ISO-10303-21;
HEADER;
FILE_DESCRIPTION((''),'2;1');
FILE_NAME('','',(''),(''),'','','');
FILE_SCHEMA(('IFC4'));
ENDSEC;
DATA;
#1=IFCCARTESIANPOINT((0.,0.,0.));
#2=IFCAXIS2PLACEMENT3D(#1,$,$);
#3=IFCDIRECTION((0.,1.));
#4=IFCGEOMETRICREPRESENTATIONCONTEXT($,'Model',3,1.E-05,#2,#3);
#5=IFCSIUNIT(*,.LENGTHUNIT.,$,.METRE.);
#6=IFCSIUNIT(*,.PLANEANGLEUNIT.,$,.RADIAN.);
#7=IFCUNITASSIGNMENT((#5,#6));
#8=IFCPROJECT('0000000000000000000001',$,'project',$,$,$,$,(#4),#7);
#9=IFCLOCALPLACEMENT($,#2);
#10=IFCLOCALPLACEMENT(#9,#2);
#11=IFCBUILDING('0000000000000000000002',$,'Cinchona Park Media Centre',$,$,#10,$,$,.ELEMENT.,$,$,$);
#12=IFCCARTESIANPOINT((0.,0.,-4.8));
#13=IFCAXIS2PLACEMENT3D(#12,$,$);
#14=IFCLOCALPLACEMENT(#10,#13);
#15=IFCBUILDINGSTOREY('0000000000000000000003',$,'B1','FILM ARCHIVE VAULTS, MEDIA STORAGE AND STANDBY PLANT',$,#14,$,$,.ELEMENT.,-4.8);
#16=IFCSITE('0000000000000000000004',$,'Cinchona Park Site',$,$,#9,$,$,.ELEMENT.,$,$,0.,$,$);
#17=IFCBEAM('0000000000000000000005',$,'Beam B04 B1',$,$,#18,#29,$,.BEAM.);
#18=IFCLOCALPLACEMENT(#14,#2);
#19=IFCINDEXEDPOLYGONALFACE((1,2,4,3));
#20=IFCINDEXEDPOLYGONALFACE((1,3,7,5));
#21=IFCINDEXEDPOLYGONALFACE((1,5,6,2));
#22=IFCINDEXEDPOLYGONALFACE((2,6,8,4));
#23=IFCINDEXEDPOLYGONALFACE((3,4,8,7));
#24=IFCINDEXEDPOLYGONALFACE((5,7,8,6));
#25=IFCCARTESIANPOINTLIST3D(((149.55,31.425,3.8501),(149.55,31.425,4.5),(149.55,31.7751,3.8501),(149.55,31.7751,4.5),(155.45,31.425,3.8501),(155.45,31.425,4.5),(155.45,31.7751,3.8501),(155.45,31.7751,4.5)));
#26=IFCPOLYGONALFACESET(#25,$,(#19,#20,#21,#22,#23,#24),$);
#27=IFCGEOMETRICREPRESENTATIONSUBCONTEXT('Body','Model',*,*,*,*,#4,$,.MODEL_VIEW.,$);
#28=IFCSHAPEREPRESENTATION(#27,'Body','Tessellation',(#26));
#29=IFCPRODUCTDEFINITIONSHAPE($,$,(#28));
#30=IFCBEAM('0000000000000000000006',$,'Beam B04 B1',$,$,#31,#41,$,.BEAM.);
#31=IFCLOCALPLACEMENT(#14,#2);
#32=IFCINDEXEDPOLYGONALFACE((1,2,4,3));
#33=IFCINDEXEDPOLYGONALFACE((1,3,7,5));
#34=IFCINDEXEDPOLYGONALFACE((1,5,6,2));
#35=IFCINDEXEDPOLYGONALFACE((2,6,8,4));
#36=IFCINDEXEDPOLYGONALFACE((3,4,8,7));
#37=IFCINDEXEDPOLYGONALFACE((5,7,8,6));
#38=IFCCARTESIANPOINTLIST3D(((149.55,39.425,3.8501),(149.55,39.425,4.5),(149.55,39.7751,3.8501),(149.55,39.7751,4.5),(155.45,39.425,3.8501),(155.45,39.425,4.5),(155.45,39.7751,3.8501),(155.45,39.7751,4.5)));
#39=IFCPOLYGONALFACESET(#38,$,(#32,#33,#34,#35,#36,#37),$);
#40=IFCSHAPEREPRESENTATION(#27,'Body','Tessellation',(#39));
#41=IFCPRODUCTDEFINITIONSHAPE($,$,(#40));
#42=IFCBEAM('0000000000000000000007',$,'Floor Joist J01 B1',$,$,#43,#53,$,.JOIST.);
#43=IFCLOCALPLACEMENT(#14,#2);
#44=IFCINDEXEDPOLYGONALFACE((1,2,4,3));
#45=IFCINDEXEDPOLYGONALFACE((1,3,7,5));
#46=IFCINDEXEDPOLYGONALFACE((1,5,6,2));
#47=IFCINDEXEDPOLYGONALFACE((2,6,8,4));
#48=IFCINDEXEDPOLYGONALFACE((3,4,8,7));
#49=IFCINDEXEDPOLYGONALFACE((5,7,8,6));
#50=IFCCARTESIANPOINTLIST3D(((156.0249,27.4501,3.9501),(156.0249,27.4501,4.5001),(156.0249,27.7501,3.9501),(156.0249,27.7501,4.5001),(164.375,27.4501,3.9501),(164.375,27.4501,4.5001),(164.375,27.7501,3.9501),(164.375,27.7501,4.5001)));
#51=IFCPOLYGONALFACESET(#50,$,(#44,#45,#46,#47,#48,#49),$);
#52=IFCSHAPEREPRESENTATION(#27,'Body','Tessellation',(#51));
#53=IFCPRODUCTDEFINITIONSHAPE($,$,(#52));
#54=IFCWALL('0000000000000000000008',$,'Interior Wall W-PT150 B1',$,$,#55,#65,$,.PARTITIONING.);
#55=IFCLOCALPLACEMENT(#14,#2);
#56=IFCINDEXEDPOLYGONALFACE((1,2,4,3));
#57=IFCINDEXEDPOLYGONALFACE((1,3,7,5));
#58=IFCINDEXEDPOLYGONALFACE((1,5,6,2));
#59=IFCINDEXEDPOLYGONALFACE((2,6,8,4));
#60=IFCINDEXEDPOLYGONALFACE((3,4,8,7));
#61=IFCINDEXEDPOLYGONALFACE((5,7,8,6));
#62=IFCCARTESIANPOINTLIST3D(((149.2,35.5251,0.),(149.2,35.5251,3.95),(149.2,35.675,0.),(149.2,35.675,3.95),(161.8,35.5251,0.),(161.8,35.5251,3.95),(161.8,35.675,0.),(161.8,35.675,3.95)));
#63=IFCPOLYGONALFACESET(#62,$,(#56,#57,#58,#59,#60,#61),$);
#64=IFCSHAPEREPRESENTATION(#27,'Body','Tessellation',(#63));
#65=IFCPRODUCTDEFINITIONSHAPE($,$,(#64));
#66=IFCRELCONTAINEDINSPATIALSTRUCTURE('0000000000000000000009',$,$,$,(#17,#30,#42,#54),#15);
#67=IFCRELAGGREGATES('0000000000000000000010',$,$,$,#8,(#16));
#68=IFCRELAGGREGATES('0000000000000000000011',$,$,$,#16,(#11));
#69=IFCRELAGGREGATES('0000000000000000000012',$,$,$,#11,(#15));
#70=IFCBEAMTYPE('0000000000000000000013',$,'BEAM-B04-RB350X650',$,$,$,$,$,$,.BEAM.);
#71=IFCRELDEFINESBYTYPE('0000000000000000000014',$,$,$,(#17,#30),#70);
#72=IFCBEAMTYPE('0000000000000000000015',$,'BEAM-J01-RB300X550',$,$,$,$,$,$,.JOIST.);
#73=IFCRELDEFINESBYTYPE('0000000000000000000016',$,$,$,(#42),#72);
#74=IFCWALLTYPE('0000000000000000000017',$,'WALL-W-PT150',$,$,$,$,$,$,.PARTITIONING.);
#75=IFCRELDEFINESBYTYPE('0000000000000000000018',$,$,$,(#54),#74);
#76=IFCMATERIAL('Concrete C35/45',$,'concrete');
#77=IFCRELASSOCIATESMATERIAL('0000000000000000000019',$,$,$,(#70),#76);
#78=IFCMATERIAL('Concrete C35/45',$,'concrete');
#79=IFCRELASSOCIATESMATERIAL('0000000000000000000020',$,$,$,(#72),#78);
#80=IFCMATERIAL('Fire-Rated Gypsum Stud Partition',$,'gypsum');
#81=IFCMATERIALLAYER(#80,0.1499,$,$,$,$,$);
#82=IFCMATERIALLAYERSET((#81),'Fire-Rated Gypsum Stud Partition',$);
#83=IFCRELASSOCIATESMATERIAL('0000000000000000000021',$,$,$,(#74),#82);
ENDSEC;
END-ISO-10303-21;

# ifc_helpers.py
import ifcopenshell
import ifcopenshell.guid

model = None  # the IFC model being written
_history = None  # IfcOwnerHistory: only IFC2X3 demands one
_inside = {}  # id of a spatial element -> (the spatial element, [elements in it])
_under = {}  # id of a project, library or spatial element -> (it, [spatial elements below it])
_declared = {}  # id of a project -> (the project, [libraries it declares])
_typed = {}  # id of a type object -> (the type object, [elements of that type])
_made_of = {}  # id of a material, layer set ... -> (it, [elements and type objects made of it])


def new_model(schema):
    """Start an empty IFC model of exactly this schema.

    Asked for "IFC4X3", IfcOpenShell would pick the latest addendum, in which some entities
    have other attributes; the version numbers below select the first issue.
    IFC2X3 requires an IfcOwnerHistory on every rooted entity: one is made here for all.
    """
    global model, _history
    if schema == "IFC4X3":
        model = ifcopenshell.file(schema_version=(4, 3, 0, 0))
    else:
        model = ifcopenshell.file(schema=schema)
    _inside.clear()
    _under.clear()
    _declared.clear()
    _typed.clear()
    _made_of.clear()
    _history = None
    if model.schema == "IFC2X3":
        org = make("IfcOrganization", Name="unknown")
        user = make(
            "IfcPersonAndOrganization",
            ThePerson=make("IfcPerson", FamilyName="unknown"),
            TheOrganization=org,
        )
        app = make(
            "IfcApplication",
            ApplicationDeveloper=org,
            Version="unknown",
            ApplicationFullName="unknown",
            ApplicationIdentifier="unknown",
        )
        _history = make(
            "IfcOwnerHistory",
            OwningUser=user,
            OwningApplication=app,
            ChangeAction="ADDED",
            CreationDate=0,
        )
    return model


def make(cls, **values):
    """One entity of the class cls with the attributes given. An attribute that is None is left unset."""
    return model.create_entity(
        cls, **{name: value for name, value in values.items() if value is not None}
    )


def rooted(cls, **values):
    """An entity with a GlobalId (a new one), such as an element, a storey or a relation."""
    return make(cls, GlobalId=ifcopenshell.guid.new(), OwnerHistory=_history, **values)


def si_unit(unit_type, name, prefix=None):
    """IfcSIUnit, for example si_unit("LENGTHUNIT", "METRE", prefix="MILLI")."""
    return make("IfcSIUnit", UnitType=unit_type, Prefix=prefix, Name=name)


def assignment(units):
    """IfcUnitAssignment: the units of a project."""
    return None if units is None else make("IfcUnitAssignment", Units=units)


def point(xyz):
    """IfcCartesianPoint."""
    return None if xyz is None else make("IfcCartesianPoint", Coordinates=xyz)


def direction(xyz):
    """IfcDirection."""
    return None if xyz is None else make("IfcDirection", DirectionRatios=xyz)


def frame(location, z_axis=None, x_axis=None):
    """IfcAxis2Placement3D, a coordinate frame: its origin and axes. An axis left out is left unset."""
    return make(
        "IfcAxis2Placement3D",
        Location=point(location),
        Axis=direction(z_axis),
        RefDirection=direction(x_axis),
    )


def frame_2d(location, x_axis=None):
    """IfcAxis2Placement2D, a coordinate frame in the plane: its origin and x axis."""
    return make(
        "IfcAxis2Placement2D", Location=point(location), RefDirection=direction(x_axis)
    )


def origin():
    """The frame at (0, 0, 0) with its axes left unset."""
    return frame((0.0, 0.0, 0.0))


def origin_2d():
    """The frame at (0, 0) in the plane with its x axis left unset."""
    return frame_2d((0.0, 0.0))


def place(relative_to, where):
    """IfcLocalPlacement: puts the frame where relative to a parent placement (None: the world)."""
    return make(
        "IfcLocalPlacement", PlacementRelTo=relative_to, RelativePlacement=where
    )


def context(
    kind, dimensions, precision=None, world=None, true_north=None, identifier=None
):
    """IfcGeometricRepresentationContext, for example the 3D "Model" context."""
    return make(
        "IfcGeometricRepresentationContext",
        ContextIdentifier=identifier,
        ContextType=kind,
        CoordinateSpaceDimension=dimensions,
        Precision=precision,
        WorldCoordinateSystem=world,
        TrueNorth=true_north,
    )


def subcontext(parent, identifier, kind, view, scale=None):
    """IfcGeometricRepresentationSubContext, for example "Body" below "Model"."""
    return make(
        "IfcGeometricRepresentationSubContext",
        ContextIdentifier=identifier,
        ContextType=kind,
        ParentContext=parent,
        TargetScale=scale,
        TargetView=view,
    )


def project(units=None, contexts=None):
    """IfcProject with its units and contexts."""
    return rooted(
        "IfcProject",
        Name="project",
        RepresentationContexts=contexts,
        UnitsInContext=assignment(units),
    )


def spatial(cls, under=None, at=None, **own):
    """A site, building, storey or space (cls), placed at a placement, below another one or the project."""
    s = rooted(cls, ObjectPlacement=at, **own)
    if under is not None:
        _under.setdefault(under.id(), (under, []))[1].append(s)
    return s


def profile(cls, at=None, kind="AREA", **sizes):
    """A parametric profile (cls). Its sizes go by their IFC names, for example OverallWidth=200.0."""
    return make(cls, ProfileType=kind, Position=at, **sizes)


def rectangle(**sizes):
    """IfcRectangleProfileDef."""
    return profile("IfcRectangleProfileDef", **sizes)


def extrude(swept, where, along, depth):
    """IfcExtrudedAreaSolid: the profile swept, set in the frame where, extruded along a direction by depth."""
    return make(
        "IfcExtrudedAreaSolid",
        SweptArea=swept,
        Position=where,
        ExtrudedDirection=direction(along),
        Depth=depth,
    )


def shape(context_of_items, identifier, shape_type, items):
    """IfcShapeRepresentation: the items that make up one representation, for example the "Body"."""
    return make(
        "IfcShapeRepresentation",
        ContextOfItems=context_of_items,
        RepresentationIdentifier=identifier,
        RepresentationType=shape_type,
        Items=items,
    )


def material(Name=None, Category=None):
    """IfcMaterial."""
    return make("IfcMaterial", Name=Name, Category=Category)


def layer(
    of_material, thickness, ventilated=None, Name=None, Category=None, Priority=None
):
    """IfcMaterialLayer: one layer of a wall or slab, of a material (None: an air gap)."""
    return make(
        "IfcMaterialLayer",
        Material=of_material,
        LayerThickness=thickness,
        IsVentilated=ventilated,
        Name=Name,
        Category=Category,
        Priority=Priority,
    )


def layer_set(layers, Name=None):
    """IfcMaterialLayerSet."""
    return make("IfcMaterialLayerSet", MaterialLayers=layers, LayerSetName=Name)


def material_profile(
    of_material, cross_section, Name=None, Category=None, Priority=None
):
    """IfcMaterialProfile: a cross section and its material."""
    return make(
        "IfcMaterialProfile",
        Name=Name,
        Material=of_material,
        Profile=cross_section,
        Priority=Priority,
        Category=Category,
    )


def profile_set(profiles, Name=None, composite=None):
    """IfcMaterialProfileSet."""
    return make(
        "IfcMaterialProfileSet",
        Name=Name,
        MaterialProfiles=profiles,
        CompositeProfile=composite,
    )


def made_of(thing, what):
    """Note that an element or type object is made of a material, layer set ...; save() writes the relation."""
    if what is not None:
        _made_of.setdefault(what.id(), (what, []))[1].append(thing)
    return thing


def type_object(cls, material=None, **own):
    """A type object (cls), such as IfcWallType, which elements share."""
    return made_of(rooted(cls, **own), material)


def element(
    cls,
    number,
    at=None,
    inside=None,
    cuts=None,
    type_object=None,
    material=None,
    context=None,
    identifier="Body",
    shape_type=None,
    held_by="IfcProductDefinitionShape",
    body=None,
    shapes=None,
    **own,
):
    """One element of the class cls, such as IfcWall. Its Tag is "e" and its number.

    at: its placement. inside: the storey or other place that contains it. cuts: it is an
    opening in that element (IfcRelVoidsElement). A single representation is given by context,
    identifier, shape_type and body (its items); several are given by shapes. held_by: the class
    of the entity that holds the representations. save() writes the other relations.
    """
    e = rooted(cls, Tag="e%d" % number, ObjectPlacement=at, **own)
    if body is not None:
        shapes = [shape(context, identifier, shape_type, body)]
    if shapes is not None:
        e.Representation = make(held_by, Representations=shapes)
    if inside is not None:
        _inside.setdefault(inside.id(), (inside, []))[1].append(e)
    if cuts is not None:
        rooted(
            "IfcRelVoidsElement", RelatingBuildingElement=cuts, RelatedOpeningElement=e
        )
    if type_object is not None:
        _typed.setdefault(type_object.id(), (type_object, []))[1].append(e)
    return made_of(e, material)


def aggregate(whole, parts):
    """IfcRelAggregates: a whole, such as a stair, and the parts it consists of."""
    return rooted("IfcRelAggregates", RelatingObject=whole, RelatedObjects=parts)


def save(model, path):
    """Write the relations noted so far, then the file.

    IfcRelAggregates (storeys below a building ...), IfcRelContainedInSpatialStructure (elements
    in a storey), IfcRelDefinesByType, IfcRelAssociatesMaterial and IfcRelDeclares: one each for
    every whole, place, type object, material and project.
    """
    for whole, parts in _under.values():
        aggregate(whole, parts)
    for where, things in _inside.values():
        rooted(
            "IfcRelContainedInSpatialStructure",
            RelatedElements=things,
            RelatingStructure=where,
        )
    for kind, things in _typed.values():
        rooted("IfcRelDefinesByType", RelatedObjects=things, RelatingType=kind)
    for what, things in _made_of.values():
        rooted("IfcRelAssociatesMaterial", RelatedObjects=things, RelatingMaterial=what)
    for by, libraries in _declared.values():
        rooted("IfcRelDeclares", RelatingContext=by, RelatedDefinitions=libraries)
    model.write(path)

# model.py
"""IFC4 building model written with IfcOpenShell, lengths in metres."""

from ifc_helpers import new_model, si_unit, direction, frame, frame_2d, origin, origin_2d, place, context, subcontext, project, spatial, rectangle, extrude, material, layer, layer_set, material_profile, profile_set, type_object, element, save


model = new_model("IFC4")

# Units and contexts
model_context = context("Model", 3, precision=1e-05, world=origin(), true_north=direction((0.0, 1.0)))
body_context = subcontext(model_context, "Body", "Model", "MODEL_VIEW")
ifc_project = project(units=[si_unit("LENGTHUNIT", "METRE"), si_unit("PLANEANGLEUNIT", "RADIAN")], contexts=[model_context])

# Site, building, storey
site_placement = place(None, origin())
site = spatial("IfcSite", under=ifc_project, at=site_placement, Name="Cinchona Park Site", CompositionType="ELEMENT", RefElevation=0.0)
building_placement = place(site_placement, origin())
building = spatial("IfcBuilding", under=site, at=building_placement, Name="Cinchona Park Media Centre", CompositionType="ELEMENT")
storey_placement = place(building_placement, frame((0.0, 0.0, -4.8)))
storey = spatial("IfcBuildingStorey", under=building, at=storey_placement, Name="B1", Description="FILM ARCHIVE VAULTS, MEDIA STORAGE AND STANDBY PLANT", CompositionType="ELEMENT", Elevation=-4.8)

# Beams
ifc_material_1 = material(Name="Concrete C35/45", Category="concrete")
ifc_material_profile_1 = material_profile(ifc_material_1, rectangle(XDim=0.3501, YDim=0.6499, at=origin_2d()), Name="RB 350X650")
ifc_profile_set_1 = profile_set([ifc_material_profile_1], Name="Concrete C35/45")
beam_type_1 = type_object("IfcBeamType", Name="BEAM-B04-RB350X650", PredefinedType="BEAM", material=ifc_profile_set_1)
for number, where, z_axis, x_axis, name in (
    (1, (149.55, 31.6001, 4.175), (1.0, 0.0, 0.0), (0.0, 1.0, 0.0), "Beam B04 B1"),
    (2, (149.55, 39.6001, 4.175), (1.0, 0.0, 0.0), (0.0, 1.0, 0.0), "Beam B04 B1"),
):
    element("IfcBeam", number, at=place(storey_placement, frame(where, z_axis=z_axis, x_axis=x_axis)), inside=storey, type_object=beam_type_1, Name=name, PredefinedType="BEAM", context=body_context, shape_type="SweptSolid", body=[
        extrude(rectangle(XDim=0.3501, YDim=0.6499, at=origin_2d()), origin(), (0.0, 0.0, 1.0), 5.8999),
    ])
ifc_material_2 = material(Name="Concrete C35/45", Category="concrete")
ifc_material_profile_2 = material_profile(ifc_material_2, rectangle(XDim=0.3, YDim=0.55, at=origin_2d()), Name="RB 300X550")
ifc_profile_set_2 = profile_set([ifc_material_profile_2], Name="Concrete C35/45")
beam_type_2 = type_object("IfcBeamType", Name="BEAM-J01-RB300X550", PredefinedType="JOIST", material=ifc_profile_set_2)
beam_placement = place(storey_placement, frame((156.0249, 27.6001, 4.2251), z_axis=(1.0, 0.0, 0.0), x_axis=(0.0, 1.0, 0.0)))
element("IfcBeam", 3, at=beam_placement, inside=storey, type_object=beam_type_2, Name="Floor Joist J01 B1", PredefinedType="JOIST", context=body_context, shape_type="SweptSolid", body=[
    extrude(rectangle(XDim=0.3, YDim=0.55, at=origin_2d()), origin(), (0.0, 0.0, 1.0), 8.3501),
])

# Wall
ifc_material_3 = material(Name="Fire-Rated Gypsum Stud Partition", Category="gypsum")
ifc_layer_1 = layer(ifc_material_3, 0.1499)
ifc_layer_set_1 = layer_set([ifc_layer_1], Name="Fire-Rated Gypsum Stud Partition")
wall_type = type_object("IfcWallType", Name="WALL-W-PT150", PredefinedType="PARTITIONING", material=ifc_layer_set_1)
wall_placement = place(storey_placement, frame((149.2, 35.6001, 0.0), z_axis=(0.0, 0.0, 1.0), x_axis=(1.0, 0.0, 0.0)))
element("IfcWall", 4, at=wall_placement, inside=storey, type_object=wall_type, Name="Interior Wall W-PT150 B1", PredefinedType="PARTITIONING", context=body_context, shape_type="SweptSolid", body=[
    extrude(rectangle(XDim=12.6001, YDim=0.1499, at=frame_2d((6.3, 0.0))), origin(), (0.0, 0.0, 1.0), 3.95),
])

save(model, "model.ifc")
